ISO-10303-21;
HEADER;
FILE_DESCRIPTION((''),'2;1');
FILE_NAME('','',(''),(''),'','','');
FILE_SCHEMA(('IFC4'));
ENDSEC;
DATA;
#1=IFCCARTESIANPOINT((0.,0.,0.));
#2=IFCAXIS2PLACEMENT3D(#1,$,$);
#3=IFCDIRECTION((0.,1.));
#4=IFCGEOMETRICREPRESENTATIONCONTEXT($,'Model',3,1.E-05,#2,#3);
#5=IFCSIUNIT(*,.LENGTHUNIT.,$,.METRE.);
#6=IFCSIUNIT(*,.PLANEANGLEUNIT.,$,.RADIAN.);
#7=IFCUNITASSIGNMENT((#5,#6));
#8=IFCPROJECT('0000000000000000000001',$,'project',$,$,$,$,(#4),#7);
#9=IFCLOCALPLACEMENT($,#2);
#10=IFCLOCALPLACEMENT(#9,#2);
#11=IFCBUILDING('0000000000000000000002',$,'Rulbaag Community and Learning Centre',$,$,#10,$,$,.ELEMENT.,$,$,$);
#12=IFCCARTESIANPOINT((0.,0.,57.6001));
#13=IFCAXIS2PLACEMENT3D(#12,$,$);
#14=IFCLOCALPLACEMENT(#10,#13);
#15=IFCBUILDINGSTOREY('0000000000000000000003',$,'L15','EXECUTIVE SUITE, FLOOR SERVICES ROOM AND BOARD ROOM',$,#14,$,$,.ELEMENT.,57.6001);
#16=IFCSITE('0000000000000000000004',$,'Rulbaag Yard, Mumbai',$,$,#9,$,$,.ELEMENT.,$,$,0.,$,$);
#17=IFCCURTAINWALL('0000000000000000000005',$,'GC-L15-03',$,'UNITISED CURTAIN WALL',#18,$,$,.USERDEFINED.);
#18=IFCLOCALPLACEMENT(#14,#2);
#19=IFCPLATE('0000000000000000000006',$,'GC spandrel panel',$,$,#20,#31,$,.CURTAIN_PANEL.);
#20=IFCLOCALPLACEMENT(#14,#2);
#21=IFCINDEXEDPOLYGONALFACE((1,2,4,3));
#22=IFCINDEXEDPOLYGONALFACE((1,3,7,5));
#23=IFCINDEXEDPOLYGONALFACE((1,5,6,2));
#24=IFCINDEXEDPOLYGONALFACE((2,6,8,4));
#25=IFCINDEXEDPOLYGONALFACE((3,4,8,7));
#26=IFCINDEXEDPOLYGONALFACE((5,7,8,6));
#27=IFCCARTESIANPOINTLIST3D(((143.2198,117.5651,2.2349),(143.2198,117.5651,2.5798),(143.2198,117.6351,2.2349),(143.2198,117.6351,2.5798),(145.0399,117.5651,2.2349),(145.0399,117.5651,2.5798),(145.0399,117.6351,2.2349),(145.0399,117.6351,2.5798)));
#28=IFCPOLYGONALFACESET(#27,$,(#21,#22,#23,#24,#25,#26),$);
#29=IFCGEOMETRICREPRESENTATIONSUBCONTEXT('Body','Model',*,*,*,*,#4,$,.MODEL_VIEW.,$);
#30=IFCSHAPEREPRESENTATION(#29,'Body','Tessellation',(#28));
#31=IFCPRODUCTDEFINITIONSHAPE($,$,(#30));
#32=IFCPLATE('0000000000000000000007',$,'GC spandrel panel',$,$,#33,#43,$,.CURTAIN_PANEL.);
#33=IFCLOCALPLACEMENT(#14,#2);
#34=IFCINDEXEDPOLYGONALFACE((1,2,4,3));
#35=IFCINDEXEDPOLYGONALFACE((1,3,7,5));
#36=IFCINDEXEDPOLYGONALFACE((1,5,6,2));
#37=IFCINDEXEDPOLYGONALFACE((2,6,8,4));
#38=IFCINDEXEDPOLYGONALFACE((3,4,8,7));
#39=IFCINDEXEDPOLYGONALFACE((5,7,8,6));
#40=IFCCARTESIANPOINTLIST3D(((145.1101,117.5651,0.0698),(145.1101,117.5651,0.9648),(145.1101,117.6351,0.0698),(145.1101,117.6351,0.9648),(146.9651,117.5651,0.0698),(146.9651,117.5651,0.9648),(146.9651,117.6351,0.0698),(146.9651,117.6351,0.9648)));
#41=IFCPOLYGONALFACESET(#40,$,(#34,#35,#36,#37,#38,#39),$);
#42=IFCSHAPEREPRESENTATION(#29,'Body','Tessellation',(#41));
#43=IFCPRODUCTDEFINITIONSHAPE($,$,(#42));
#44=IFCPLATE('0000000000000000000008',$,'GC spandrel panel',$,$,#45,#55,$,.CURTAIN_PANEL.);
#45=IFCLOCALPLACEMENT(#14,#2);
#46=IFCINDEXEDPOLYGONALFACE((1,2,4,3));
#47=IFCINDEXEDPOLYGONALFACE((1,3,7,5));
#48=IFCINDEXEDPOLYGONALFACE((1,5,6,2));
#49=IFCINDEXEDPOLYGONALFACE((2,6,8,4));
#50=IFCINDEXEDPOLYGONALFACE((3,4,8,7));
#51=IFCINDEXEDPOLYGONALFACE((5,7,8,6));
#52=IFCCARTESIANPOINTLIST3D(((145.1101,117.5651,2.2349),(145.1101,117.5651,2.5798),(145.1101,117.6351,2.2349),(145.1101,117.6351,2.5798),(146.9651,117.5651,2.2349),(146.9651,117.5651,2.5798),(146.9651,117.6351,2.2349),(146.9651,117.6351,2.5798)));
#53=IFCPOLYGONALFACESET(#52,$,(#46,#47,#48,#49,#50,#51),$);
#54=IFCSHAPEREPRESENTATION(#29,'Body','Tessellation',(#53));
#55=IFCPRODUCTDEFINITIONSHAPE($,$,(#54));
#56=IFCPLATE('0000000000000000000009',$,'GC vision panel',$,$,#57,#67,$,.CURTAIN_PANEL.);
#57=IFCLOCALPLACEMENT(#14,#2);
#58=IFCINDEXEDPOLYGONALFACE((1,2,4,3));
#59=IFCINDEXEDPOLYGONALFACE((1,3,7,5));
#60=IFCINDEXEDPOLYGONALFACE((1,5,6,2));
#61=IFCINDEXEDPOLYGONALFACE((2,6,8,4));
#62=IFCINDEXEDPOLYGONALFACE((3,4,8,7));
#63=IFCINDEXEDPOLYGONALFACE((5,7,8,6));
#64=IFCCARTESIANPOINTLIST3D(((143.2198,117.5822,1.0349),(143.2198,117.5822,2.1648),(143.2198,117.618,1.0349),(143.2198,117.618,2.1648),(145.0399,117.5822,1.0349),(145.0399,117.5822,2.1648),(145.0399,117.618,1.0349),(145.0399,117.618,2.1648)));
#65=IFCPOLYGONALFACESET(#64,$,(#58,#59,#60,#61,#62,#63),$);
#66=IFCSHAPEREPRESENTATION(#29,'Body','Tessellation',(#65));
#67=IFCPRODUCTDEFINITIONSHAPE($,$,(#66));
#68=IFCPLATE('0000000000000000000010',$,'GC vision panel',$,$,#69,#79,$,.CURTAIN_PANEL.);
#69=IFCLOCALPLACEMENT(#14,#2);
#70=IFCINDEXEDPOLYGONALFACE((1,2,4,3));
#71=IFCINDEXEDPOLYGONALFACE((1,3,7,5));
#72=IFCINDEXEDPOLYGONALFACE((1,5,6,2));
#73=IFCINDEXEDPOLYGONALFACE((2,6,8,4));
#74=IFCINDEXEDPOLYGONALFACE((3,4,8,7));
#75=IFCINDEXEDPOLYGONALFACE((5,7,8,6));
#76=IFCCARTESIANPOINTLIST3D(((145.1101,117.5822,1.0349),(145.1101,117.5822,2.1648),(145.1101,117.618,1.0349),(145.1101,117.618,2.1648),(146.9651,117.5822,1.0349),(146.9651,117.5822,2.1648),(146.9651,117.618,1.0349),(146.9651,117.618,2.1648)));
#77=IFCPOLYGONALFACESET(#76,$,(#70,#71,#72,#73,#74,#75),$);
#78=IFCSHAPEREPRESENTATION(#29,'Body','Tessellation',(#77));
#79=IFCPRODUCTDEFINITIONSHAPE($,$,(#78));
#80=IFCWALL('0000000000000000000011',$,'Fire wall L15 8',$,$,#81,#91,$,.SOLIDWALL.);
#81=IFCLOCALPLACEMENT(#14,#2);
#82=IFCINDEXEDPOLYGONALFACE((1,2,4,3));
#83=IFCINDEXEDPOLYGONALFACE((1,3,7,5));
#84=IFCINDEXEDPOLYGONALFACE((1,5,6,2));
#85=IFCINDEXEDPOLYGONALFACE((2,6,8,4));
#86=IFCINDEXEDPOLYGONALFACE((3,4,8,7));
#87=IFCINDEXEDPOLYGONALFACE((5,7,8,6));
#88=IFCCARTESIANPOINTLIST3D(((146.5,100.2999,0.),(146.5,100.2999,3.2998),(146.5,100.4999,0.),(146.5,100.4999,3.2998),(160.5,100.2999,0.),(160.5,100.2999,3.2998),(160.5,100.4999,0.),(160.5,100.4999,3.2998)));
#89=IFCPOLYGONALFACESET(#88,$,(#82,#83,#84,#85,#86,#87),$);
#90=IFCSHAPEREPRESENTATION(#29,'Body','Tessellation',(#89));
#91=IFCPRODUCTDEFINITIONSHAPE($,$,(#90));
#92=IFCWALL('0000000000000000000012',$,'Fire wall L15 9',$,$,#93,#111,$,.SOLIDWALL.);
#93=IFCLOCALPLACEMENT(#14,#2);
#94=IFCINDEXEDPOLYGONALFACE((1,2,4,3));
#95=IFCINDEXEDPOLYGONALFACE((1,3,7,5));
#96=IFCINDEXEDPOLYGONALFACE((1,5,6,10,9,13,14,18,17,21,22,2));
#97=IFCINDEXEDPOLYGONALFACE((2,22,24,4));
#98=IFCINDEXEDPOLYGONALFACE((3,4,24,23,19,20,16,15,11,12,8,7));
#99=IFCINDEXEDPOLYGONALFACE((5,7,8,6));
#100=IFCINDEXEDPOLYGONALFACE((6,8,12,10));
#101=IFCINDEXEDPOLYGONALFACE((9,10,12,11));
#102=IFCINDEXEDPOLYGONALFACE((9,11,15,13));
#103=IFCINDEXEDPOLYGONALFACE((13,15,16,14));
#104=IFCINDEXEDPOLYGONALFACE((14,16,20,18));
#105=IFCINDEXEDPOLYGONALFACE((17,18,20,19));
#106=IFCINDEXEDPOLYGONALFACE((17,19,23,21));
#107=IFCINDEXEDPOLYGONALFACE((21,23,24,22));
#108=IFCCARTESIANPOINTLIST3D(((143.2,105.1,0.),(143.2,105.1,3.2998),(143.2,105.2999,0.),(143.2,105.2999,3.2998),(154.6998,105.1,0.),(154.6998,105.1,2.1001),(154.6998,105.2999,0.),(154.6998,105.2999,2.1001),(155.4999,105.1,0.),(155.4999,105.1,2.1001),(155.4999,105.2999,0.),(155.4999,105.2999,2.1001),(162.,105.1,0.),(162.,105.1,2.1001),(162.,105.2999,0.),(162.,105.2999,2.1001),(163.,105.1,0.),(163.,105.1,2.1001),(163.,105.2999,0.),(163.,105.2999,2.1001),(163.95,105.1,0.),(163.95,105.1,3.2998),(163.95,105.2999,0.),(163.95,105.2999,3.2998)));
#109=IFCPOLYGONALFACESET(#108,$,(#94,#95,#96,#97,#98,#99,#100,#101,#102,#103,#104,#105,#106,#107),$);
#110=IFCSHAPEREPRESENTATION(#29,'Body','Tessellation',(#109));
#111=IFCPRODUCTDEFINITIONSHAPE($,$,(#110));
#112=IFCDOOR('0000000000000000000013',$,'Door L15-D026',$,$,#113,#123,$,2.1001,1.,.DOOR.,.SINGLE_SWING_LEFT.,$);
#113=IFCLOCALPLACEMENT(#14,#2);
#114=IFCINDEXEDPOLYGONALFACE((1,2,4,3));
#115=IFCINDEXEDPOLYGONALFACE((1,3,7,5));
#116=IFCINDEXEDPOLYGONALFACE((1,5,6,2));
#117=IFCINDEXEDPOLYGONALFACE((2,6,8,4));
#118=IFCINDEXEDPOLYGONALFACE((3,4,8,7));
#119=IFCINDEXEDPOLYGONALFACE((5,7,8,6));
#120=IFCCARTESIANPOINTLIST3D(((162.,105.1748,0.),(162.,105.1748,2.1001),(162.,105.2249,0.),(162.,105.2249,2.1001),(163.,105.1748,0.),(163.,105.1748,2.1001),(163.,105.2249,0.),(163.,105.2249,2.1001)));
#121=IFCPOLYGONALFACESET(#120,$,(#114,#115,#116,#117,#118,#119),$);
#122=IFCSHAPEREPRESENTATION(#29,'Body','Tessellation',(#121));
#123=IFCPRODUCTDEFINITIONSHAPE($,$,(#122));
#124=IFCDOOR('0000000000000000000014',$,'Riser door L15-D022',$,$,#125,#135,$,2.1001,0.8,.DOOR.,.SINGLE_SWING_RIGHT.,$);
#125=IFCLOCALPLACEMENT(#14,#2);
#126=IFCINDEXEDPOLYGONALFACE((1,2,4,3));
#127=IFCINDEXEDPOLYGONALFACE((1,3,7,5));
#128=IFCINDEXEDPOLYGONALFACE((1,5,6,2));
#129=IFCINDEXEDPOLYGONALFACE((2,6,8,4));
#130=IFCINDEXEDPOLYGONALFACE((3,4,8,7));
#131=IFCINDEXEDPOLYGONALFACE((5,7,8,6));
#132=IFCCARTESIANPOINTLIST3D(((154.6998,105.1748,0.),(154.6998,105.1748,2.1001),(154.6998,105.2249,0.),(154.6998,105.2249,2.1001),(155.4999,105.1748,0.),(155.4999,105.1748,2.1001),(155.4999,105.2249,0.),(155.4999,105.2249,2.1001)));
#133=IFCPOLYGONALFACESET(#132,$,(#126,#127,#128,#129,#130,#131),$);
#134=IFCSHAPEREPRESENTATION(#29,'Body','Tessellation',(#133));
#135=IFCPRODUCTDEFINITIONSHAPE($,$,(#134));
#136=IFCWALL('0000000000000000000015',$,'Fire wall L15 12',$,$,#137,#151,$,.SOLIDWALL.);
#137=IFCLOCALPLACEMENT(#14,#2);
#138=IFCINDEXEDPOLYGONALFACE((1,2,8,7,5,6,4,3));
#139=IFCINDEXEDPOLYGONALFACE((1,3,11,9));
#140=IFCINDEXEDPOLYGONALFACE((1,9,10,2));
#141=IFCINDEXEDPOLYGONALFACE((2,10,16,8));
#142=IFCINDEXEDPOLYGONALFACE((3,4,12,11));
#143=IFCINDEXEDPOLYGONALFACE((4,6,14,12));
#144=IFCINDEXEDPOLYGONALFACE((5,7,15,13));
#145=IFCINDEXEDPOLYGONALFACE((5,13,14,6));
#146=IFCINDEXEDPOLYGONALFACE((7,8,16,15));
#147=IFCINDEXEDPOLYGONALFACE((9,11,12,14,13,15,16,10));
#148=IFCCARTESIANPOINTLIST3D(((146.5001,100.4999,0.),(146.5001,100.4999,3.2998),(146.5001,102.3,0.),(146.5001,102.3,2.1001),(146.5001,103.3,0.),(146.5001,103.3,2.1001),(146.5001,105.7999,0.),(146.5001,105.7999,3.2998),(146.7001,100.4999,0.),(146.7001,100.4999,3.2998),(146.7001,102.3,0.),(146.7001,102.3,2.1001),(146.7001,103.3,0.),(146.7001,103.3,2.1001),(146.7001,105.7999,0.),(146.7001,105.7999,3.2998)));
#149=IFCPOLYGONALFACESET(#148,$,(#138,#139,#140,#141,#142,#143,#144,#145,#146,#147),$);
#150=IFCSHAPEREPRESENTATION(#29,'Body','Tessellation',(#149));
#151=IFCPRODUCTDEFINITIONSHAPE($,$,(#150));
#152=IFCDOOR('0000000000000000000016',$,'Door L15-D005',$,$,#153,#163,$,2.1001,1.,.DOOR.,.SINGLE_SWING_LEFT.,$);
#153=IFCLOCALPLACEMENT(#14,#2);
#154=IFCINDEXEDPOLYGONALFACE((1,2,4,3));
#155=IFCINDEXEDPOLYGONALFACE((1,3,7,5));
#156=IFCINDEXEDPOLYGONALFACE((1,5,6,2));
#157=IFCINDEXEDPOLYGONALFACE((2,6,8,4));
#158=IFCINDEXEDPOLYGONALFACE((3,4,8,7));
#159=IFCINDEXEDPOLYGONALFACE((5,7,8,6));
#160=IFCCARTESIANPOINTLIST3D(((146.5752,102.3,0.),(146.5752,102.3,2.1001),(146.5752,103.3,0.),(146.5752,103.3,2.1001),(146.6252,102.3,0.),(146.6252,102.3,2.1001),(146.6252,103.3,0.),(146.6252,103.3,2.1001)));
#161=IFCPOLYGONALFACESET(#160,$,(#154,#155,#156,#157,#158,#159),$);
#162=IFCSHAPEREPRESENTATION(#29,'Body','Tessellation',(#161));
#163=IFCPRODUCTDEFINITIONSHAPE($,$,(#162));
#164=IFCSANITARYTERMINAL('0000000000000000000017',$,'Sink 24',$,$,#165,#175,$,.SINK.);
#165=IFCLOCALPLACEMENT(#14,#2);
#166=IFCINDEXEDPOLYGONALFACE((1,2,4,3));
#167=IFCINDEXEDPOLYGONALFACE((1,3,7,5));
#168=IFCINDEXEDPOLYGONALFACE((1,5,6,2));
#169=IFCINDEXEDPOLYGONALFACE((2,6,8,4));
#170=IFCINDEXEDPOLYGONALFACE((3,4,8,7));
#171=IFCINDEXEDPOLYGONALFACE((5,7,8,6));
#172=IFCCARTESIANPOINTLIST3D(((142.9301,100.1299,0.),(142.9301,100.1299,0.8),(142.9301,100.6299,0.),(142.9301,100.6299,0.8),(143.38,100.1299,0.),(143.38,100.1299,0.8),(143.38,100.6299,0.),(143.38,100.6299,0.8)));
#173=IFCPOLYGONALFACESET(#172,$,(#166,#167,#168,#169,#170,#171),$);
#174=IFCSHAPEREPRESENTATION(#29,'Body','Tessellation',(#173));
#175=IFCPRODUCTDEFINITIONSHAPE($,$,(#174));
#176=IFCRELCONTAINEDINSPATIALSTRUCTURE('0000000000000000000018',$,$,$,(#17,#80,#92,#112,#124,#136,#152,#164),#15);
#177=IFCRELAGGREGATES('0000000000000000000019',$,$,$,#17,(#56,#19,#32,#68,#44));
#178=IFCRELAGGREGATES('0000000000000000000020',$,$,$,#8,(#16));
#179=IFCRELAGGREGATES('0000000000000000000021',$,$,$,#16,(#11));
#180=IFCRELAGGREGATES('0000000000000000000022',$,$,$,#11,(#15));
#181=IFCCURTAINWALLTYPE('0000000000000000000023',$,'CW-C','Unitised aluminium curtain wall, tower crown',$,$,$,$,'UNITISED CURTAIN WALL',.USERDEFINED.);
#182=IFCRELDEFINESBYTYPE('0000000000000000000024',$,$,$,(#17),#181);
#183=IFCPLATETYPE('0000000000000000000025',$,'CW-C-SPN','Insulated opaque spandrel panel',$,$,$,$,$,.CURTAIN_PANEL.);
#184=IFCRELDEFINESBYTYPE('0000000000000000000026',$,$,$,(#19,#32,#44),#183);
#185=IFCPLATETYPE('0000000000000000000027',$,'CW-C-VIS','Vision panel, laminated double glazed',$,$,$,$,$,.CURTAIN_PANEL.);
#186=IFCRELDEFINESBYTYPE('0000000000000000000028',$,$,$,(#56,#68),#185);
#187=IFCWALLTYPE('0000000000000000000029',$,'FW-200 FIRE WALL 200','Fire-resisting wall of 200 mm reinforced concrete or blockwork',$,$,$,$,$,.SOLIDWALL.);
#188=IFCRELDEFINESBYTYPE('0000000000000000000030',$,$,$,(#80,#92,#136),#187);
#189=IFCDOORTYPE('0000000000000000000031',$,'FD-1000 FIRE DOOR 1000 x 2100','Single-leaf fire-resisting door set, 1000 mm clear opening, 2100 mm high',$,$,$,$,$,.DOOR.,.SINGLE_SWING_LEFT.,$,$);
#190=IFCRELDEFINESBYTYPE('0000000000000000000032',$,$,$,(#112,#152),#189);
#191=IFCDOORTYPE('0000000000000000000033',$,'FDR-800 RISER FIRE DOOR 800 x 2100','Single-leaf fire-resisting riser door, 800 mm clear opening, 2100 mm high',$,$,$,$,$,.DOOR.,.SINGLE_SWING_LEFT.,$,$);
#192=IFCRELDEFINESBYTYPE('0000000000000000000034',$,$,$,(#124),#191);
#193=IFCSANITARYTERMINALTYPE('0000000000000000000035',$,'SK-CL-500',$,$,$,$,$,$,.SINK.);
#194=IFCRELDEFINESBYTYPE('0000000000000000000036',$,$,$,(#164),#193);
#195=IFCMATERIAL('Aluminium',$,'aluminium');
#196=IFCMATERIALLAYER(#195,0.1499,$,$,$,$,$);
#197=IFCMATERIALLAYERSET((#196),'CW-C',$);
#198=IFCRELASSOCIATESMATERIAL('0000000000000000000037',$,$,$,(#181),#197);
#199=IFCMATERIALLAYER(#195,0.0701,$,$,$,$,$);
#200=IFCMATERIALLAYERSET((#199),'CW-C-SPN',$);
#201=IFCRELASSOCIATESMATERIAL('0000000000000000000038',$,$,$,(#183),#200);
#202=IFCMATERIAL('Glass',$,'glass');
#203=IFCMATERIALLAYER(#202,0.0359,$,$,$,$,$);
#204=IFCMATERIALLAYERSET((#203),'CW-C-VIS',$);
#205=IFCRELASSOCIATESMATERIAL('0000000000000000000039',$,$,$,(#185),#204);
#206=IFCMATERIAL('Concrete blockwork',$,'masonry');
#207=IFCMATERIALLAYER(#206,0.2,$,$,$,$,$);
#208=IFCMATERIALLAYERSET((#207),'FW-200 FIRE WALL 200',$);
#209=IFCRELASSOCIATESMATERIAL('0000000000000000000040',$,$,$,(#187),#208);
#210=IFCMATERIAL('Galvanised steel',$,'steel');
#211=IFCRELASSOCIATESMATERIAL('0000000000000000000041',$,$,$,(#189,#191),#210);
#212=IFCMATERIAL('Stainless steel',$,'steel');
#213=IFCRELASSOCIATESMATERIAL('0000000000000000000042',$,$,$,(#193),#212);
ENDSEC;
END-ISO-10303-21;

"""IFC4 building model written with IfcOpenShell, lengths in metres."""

from ifc_helpers import new_model, si_unit, direction, frame, frame_2d, origin, origin_2d, place, context, subcontext, project, spatial, rectangle, extrude, material, layer, layer_set, type_object, element, fill, aggregate, save


model = new_model("IFC4")

# Units and contexts
model_context = context("Model", 3, precision=1e-05, world=origin(), true_north=direction((0.0, 1.0)))
body_context = subcontext(model_context, "Body", "Model", "MODEL_VIEW")
ifc_project = project(units=[si_unit("LENGTHUNIT", "METRE"), si_unit("PLANEANGLEUNIT", "RADIAN")], contexts=[model_context])

# Site, building, storey
site_placement = place(None, origin())
site = spatial("IfcSite", under=ifc_project, at=site_placement, Name="Rulbaag Yard, Mumbai", CompositionType="ELEMENT", RefElevation=0.0)
building_placement = place(site_placement, origin())
building = spatial("IfcBuilding", under=site, at=building_placement, Name="Rulbaag Community and Learning Centre", CompositionType="ELEMENT")
storey_placement = place(building_placement, frame((0.0, 0.0, 57.6001)))
storey = spatial("IfcBuildingStorey", under=building, at=storey_placement, Name="L15", Description="EXECUTIVE SUITE, FLOOR SERVICES ROOM AND BOARD ROOM", CompositionType="ELEMENT", Elevation=57.6001)

# Curtain wall, plates
ifc_material_1 = material(Name="Aluminium", Category="aluminium")
ifc_layer_1 = layer(ifc_material_1, 0.1499)
ifc_layer_set_1 = layer_set([ifc_layer_1], Name="CW-C")
curtain_wall_type = type_object("IfcCurtainWallType", Name="CW-C", Description="Unitised aluminium curtain wall, tower crown", ElementType="UNITISED CURTAIN WALL", PredefinedType="USERDEFINED", material=ifc_layer_set_1)
curtain_wall_placement = place(storey_placement, origin())
curtain_wall = element("IfcCurtainWall", 1, at=curtain_wall_placement, inside=storey, type_object=curtain_wall_type, Name="GC-L15-03", ObjectType="UNITISED CURTAIN WALL", PredefinedType="USERDEFINED")
ifc_layer_2 = layer(ifc_material_1, 0.0701)
ifc_layer_set_2 = layer_set([ifc_layer_2], Name="CW-C-SPN")
plate_type_1 = type_object("IfcPlateType", Name="CW-C-SPN", Description="Insulated opaque spandrel panel", PredefinedType="CURTAIN_PANEL", material=ifc_layer_set_2)
plate_1_placement = place(storey_placement, frame((144.1299, 117.6001, 2.2349), z_axis=(0.0, 0.0, 1.0), x_axis=(1.0, 0.0, 0.0)))
plate_1 = element("IfcPlate", 2, at=plate_1_placement, type_object=plate_type_1, Name="GC spandrel panel", PredefinedType="CURTAIN_PANEL", context=body_context, shape_type="SweptSolid", body=[
    extrude(rectangle(XDim=1.8201, YDim=0.0701, at=origin_2d()), origin(), (0.0, 0.0, 1.0), 0.345),
])
plate_2_placement = place(storey_placement, frame((146.0376, 117.6001, 0.0698), z_axis=(0.0, 0.0, 1.0), x_axis=(1.0, 0.0, 0.0)))
plate_2 = element("IfcPlate", 3, at=plate_2_placement, type_object=plate_type_1, Name="GC spandrel panel", PredefinedType="CURTAIN_PANEL", context=body_context, shape_type="SweptSolid", body=[
    extrude(rectangle(XDim=1.855, YDim=0.0701, at=origin_2d()), origin(), (0.0, 0.0, 1.0), 0.895),
])
plate_3_placement = place(storey_placement, frame((146.0376, 117.6001, 2.2349), z_axis=(0.0, 0.0, 1.0), x_axis=(1.0, 0.0, 0.0)))
plate_3 = element("IfcPlate", 4, at=plate_3_placement, type_object=plate_type_1, Name="GC spandrel panel", PredefinedType="CURTAIN_PANEL", context=body_context, shape_type="SweptSolid", body=[
    extrude(rectangle(XDim=1.855, YDim=0.0701, at=origin_2d()), origin(), (0.0, 0.0, 1.0), 0.345),
])
ifc_material_2 = material(Name="Glass", Category="glass")
ifc_layer_3 = layer(ifc_material_2, 0.0359)
ifc_layer_set_3 = layer_set([ifc_layer_3], Name="CW-C-VIS")
plate_type_2 = type_object("IfcPlateType", Name="CW-C-VIS", Description="Vision panel, laminated double glazed", PredefinedType="CURTAIN_PANEL", material=ifc_layer_set_3)
plate_4_placement = place(storey_placement, frame((144.1299, 117.6001, 1.0349), z_axis=(0.0, 0.0, 1.0), x_axis=(1.0, 0.0, 0.0)))
plate_4 = element("IfcPlate", 5, at=plate_4_placement, type_object=plate_type_2, Name="GC vision panel", PredefinedType="CURTAIN_PANEL", context=body_context, shape_type="SweptSolid", body=[
    extrude(rectangle(XDim=1.8201, YDim=0.0359, at=origin_2d()), origin(), (0.0, 0.0, 1.0), 1.1299),
])
plate_5_placement = place(storey_placement, frame((146.0376, 117.6001, 1.0349), z_axis=(0.0, 0.0, 1.0), x_axis=(1.0, 0.0, 0.0)))
plate_5 = element("IfcPlate", 6, at=plate_5_placement, type_object=plate_type_2, Name="GC vision panel", PredefinedType="CURTAIN_PANEL", context=body_context, shape_type="SweptSolid", body=[
    extrude(rectangle(XDim=1.855, YDim=0.0359, at=origin_2d()), origin(), (0.0, 0.0, 1.0), 1.1299),
])
aggregate(curtain_wall, [plate_4, plate_1, plate_2, plate_5, plate_3])

# Wall
ifc_material_3 = material(Name="Concrete blockwork", Category="masonry")
ifc_layer_4 = layer(ifc_material_3, 0.2)
ifc_layer_set_4 = layer_set([ifc_layer_4], Name="FW-200 FIRE WALL 200")
wall_type = type_object("IfcWallType", Name="FW-200 FIRE WALL 200", Description="Fire-resisting wall of 200 mm reinforced concrete or blockwork", PredefinedType="SOLIDWALL", material=ifc_layer_set_4)
wall_1_placement = place(storey_placement, frame((146.5, 100.3999, 0.0), z_axis=(0.0, 0.0, 1.0), x_axis=(1.0, 0.0, 0.0)))
element("IfcWall", 7, at=wall_1_placement, inside=storey, type_object=wall_type, Name="Fire wall L15 8", PredefinedType="SOLIDWALL", context=body_context, shape_type="SweptSolid", body=[
    extrude(rectangle(XDim=14.0, YDim=0.2, at=frame_2d((7.0, 0.0))), origin(), (0.0, 0.0, 1.0), 3.2998),
])

# Wall, openings, doors
wall_2_placement = place(storey_placement, frame((143.2, 105.2, 0.0), z_axis=(0.0, 0.0, 1.0), x_axis=(1.0, 0.0, 0.0)))
wall_2 = element("IfcWall", 8, at=wall_2_placement, inside=storey, type_object=wall_type, Name="Fire wall L15 9", PredefinedType="SOLIDWALL", context=body_context, shape_type="SweptSolid", body=[
    extrude(rectangle(XDim=20.75, YDim=0.2, at=frame_2d((10.375, 0.0))), origin(), (0.0, 0.0, 1.0), 3.2998),
])
opening_1_placement = place(wall_2_placement, frame((11.5, 0.0, 0.0)))
opening_1 = element("IfcOpeningElement", 9, at=opening_1_placement, cuts=wall_2, PredefinedType="OPENING", context=body_context, shape_type="SweptSolid", body=[
    extrude(rectangle(XDim=0.8, YDim=2.1001, at=frame_2d((0.3999, 1.05))), frame((0.0, 0.1099, 0.0), z_axis=(0.0, -1.0, 0.0), x_axis=(1.0, 0.0, 0.0)), (0.0, 0.0, 1.0), 0.22),
])
opening_2_placement = place(wall_2_placement, frame((18.8, 0.0, 0.0)))
opening_2 = element("IfcOpeningElement", 10, at=opening_2_placement, cuts=wall_2, PredefinedType="OPENING", context=body_context, shape_type="SweptSolid", body=[
    extrude(rectangle(XDim=1.0, YDim=2.1001, at=frame_2d((0.5, 1.05))), frame((0.0, 0.1099, 0.0), z_axis=(0.0, -1.0, 0.0), x_axis=(1.0, 0.0, 0.0)), (0.0, 0.0, 1.0), 0.22),
])
ifc_material_4 = material(Name="Galvanised steel", Category="steel")
door_type_1 = type_object("IfcDoorType", Name="FD-1000 FIRE DOOR 1000 x 2100", Description="Single-leaf fire-resisting door set, 1000 mm clear opening, 2100 mm high", OperationType="SINGLE_SWING_LEFT", PredefinedType="DOOR", material=ifc_material_4)
door_1_placement = place(opening_2_placement, origin())
door_1 = element("IfcDoor", 11, at=door_1_placement, inside=storey, type_object=door_type_1, Name="Door L15-D026", OperationType="SINGLE_SWING_LEFT", OverallHeight=2.1001, OverallWidth=1.0, PredefinedType="DOOR", context=body_context, shape_type="SweptSolid", body=[
    extrude(rectangle(XDim=1.0, YDim=2.1001, at=frame_2d((0.5, 1.05))), frame((0.0, 0.0249, 0.0), z_axis=(0.0, -1.0, 0.0), x_axis=(1.0, 0.0, 0.0)), (0.0, 0.0, 1.0), 0.05),
])
fill(opening_2, door_1)
door_type_2 = type_object("IfcDoorType", Name="FDR-800 RISER FIRE DOOR 800 x 2100", Description="Single-leaf fire-resisting riser door, 800 mm clear opening, 2100 mm high", OperationType="SINGLE_SWING_LEFT", PredefinedType="DOOR", material=ifc_material_4)
door_2_placement = place(opening_1_placement, origin())
door_2 = element("IfcDoor", 12, at=door_2_placement, inside=storey, type_object=door_type_2, Name="Riser door L15-D022", OperationType="SINGLE_SWING_RIGHT", OverallHeight=2.1001, OverallWidth=0.8, PredefinedType="DOOR", context=body_context, shape_type="SweptSolid", body=[
    extrude(rectangle(XDim=0.8, YDim=2.1001, at=frame_2d((0.3999, 1.05))), frame((0.0, 0.0249, 0.0), z_axis=(0.0, -1.0, 0.0), x_axis=(1.0, 0.0, 0.0)), (0.0, 0.0, 1.0), 0.05),
])
fill(opening_1, door_2)

# Wall, opening, door
wall_3_placement = place(storey_placement, frame((146.6001, 100.5, 0.0), z_axis=(0.0, 0.0, 1.0), x_axis=(0.0, 1.0, 0.0)))
wall_3 = element("IfcWall", 13, at=wall_3_placement, inside=storey, type_object=wall_type, Name="Fire wall L15 12", PredefinedType="SOLIDWALL", context=body_context, shape_type="SweptSolid", body=[
    extrude(rectangle(XDim=5.3, YDim=0.2, at=frame_2d((2.6499, 0.0))), origin(), (0.0, 0.0, 1.0), 3.2998),
])
opening_3_placement = place(wall_3_placement, frame((1.8, 0.0, 0.0)))
opening_3 = element("IfcOpeningElement", 14, at=opening_3_placement, cuts=wall_3, PredefinedType="OPENING", context=body_context, shape_type="SweptSolid", body=[
    extrude(rectangle(XDim=1.0, YDim=2.1001, at=frame_2d((0.5, 1.05))), frame((0.0, 0.1099, 0.0), z_axis=(0.0, -1.0, 0.0), x_axis=(1.0, 0.0, 0.0)), (0.0, 0.0, 1.0), 0.22),
])
door_3_placement = place(opening_3_placement, origin())
door_3 = element("IfcDoor", 15, at=door_3_placement, inside=storey, type_object=door_type_1, Name="Door L15-D005", OperationType="SINGLE_SWING_LEFT", OverallHeight=2.1001, OverallWidth=1.0, PredefinedType="DOOR", context=body_context, shape_type="SweptSolid", body=[
    extrude(rectangle(XDim=1.0, YDim=2.1001, at=frame_2d((0.5, 1.05))), frame((0.0, 0.0249, 0.0), z_axis=(0.0, -1.0, 0.0), x_axis=(1.0, 0.0, 0.0)), (0.0, 0.0, 1.0), 0.05),
])
fill(opening_3, door_3)

# Sanitary terminal
ifc_material_5 = material(Name="Stainless steel", Category="steel")
sanitary_terminal_type = type_object("IfcSanitaryTerminalType", Name="SK-CL-500", PredefinedType="SINK", material=ifc_material_5)
sanitary_terminal_placement = place(storey_placement, frame((143.155, 100.3799, 0.0), z_axis=(0.0, 0.0, 1.0), x_axis=(1.0, 0.0, 0.0)))
element("IfcSanitaryTerminal", 16, at=sanitary_terminal_placement, inside=storey, type_object=sanitary_terminal_type, Name="Sink 24", PredefinedType="SINK", context=body_context, shape_type="SweptSolid", body=[
    extrude(rectangle(XDim=0.45, YDim=0.5, at=origin_2d()), origin(), (0.0, 0.0, 1.0), 0.8),
])

save(model, "model.ifc")
